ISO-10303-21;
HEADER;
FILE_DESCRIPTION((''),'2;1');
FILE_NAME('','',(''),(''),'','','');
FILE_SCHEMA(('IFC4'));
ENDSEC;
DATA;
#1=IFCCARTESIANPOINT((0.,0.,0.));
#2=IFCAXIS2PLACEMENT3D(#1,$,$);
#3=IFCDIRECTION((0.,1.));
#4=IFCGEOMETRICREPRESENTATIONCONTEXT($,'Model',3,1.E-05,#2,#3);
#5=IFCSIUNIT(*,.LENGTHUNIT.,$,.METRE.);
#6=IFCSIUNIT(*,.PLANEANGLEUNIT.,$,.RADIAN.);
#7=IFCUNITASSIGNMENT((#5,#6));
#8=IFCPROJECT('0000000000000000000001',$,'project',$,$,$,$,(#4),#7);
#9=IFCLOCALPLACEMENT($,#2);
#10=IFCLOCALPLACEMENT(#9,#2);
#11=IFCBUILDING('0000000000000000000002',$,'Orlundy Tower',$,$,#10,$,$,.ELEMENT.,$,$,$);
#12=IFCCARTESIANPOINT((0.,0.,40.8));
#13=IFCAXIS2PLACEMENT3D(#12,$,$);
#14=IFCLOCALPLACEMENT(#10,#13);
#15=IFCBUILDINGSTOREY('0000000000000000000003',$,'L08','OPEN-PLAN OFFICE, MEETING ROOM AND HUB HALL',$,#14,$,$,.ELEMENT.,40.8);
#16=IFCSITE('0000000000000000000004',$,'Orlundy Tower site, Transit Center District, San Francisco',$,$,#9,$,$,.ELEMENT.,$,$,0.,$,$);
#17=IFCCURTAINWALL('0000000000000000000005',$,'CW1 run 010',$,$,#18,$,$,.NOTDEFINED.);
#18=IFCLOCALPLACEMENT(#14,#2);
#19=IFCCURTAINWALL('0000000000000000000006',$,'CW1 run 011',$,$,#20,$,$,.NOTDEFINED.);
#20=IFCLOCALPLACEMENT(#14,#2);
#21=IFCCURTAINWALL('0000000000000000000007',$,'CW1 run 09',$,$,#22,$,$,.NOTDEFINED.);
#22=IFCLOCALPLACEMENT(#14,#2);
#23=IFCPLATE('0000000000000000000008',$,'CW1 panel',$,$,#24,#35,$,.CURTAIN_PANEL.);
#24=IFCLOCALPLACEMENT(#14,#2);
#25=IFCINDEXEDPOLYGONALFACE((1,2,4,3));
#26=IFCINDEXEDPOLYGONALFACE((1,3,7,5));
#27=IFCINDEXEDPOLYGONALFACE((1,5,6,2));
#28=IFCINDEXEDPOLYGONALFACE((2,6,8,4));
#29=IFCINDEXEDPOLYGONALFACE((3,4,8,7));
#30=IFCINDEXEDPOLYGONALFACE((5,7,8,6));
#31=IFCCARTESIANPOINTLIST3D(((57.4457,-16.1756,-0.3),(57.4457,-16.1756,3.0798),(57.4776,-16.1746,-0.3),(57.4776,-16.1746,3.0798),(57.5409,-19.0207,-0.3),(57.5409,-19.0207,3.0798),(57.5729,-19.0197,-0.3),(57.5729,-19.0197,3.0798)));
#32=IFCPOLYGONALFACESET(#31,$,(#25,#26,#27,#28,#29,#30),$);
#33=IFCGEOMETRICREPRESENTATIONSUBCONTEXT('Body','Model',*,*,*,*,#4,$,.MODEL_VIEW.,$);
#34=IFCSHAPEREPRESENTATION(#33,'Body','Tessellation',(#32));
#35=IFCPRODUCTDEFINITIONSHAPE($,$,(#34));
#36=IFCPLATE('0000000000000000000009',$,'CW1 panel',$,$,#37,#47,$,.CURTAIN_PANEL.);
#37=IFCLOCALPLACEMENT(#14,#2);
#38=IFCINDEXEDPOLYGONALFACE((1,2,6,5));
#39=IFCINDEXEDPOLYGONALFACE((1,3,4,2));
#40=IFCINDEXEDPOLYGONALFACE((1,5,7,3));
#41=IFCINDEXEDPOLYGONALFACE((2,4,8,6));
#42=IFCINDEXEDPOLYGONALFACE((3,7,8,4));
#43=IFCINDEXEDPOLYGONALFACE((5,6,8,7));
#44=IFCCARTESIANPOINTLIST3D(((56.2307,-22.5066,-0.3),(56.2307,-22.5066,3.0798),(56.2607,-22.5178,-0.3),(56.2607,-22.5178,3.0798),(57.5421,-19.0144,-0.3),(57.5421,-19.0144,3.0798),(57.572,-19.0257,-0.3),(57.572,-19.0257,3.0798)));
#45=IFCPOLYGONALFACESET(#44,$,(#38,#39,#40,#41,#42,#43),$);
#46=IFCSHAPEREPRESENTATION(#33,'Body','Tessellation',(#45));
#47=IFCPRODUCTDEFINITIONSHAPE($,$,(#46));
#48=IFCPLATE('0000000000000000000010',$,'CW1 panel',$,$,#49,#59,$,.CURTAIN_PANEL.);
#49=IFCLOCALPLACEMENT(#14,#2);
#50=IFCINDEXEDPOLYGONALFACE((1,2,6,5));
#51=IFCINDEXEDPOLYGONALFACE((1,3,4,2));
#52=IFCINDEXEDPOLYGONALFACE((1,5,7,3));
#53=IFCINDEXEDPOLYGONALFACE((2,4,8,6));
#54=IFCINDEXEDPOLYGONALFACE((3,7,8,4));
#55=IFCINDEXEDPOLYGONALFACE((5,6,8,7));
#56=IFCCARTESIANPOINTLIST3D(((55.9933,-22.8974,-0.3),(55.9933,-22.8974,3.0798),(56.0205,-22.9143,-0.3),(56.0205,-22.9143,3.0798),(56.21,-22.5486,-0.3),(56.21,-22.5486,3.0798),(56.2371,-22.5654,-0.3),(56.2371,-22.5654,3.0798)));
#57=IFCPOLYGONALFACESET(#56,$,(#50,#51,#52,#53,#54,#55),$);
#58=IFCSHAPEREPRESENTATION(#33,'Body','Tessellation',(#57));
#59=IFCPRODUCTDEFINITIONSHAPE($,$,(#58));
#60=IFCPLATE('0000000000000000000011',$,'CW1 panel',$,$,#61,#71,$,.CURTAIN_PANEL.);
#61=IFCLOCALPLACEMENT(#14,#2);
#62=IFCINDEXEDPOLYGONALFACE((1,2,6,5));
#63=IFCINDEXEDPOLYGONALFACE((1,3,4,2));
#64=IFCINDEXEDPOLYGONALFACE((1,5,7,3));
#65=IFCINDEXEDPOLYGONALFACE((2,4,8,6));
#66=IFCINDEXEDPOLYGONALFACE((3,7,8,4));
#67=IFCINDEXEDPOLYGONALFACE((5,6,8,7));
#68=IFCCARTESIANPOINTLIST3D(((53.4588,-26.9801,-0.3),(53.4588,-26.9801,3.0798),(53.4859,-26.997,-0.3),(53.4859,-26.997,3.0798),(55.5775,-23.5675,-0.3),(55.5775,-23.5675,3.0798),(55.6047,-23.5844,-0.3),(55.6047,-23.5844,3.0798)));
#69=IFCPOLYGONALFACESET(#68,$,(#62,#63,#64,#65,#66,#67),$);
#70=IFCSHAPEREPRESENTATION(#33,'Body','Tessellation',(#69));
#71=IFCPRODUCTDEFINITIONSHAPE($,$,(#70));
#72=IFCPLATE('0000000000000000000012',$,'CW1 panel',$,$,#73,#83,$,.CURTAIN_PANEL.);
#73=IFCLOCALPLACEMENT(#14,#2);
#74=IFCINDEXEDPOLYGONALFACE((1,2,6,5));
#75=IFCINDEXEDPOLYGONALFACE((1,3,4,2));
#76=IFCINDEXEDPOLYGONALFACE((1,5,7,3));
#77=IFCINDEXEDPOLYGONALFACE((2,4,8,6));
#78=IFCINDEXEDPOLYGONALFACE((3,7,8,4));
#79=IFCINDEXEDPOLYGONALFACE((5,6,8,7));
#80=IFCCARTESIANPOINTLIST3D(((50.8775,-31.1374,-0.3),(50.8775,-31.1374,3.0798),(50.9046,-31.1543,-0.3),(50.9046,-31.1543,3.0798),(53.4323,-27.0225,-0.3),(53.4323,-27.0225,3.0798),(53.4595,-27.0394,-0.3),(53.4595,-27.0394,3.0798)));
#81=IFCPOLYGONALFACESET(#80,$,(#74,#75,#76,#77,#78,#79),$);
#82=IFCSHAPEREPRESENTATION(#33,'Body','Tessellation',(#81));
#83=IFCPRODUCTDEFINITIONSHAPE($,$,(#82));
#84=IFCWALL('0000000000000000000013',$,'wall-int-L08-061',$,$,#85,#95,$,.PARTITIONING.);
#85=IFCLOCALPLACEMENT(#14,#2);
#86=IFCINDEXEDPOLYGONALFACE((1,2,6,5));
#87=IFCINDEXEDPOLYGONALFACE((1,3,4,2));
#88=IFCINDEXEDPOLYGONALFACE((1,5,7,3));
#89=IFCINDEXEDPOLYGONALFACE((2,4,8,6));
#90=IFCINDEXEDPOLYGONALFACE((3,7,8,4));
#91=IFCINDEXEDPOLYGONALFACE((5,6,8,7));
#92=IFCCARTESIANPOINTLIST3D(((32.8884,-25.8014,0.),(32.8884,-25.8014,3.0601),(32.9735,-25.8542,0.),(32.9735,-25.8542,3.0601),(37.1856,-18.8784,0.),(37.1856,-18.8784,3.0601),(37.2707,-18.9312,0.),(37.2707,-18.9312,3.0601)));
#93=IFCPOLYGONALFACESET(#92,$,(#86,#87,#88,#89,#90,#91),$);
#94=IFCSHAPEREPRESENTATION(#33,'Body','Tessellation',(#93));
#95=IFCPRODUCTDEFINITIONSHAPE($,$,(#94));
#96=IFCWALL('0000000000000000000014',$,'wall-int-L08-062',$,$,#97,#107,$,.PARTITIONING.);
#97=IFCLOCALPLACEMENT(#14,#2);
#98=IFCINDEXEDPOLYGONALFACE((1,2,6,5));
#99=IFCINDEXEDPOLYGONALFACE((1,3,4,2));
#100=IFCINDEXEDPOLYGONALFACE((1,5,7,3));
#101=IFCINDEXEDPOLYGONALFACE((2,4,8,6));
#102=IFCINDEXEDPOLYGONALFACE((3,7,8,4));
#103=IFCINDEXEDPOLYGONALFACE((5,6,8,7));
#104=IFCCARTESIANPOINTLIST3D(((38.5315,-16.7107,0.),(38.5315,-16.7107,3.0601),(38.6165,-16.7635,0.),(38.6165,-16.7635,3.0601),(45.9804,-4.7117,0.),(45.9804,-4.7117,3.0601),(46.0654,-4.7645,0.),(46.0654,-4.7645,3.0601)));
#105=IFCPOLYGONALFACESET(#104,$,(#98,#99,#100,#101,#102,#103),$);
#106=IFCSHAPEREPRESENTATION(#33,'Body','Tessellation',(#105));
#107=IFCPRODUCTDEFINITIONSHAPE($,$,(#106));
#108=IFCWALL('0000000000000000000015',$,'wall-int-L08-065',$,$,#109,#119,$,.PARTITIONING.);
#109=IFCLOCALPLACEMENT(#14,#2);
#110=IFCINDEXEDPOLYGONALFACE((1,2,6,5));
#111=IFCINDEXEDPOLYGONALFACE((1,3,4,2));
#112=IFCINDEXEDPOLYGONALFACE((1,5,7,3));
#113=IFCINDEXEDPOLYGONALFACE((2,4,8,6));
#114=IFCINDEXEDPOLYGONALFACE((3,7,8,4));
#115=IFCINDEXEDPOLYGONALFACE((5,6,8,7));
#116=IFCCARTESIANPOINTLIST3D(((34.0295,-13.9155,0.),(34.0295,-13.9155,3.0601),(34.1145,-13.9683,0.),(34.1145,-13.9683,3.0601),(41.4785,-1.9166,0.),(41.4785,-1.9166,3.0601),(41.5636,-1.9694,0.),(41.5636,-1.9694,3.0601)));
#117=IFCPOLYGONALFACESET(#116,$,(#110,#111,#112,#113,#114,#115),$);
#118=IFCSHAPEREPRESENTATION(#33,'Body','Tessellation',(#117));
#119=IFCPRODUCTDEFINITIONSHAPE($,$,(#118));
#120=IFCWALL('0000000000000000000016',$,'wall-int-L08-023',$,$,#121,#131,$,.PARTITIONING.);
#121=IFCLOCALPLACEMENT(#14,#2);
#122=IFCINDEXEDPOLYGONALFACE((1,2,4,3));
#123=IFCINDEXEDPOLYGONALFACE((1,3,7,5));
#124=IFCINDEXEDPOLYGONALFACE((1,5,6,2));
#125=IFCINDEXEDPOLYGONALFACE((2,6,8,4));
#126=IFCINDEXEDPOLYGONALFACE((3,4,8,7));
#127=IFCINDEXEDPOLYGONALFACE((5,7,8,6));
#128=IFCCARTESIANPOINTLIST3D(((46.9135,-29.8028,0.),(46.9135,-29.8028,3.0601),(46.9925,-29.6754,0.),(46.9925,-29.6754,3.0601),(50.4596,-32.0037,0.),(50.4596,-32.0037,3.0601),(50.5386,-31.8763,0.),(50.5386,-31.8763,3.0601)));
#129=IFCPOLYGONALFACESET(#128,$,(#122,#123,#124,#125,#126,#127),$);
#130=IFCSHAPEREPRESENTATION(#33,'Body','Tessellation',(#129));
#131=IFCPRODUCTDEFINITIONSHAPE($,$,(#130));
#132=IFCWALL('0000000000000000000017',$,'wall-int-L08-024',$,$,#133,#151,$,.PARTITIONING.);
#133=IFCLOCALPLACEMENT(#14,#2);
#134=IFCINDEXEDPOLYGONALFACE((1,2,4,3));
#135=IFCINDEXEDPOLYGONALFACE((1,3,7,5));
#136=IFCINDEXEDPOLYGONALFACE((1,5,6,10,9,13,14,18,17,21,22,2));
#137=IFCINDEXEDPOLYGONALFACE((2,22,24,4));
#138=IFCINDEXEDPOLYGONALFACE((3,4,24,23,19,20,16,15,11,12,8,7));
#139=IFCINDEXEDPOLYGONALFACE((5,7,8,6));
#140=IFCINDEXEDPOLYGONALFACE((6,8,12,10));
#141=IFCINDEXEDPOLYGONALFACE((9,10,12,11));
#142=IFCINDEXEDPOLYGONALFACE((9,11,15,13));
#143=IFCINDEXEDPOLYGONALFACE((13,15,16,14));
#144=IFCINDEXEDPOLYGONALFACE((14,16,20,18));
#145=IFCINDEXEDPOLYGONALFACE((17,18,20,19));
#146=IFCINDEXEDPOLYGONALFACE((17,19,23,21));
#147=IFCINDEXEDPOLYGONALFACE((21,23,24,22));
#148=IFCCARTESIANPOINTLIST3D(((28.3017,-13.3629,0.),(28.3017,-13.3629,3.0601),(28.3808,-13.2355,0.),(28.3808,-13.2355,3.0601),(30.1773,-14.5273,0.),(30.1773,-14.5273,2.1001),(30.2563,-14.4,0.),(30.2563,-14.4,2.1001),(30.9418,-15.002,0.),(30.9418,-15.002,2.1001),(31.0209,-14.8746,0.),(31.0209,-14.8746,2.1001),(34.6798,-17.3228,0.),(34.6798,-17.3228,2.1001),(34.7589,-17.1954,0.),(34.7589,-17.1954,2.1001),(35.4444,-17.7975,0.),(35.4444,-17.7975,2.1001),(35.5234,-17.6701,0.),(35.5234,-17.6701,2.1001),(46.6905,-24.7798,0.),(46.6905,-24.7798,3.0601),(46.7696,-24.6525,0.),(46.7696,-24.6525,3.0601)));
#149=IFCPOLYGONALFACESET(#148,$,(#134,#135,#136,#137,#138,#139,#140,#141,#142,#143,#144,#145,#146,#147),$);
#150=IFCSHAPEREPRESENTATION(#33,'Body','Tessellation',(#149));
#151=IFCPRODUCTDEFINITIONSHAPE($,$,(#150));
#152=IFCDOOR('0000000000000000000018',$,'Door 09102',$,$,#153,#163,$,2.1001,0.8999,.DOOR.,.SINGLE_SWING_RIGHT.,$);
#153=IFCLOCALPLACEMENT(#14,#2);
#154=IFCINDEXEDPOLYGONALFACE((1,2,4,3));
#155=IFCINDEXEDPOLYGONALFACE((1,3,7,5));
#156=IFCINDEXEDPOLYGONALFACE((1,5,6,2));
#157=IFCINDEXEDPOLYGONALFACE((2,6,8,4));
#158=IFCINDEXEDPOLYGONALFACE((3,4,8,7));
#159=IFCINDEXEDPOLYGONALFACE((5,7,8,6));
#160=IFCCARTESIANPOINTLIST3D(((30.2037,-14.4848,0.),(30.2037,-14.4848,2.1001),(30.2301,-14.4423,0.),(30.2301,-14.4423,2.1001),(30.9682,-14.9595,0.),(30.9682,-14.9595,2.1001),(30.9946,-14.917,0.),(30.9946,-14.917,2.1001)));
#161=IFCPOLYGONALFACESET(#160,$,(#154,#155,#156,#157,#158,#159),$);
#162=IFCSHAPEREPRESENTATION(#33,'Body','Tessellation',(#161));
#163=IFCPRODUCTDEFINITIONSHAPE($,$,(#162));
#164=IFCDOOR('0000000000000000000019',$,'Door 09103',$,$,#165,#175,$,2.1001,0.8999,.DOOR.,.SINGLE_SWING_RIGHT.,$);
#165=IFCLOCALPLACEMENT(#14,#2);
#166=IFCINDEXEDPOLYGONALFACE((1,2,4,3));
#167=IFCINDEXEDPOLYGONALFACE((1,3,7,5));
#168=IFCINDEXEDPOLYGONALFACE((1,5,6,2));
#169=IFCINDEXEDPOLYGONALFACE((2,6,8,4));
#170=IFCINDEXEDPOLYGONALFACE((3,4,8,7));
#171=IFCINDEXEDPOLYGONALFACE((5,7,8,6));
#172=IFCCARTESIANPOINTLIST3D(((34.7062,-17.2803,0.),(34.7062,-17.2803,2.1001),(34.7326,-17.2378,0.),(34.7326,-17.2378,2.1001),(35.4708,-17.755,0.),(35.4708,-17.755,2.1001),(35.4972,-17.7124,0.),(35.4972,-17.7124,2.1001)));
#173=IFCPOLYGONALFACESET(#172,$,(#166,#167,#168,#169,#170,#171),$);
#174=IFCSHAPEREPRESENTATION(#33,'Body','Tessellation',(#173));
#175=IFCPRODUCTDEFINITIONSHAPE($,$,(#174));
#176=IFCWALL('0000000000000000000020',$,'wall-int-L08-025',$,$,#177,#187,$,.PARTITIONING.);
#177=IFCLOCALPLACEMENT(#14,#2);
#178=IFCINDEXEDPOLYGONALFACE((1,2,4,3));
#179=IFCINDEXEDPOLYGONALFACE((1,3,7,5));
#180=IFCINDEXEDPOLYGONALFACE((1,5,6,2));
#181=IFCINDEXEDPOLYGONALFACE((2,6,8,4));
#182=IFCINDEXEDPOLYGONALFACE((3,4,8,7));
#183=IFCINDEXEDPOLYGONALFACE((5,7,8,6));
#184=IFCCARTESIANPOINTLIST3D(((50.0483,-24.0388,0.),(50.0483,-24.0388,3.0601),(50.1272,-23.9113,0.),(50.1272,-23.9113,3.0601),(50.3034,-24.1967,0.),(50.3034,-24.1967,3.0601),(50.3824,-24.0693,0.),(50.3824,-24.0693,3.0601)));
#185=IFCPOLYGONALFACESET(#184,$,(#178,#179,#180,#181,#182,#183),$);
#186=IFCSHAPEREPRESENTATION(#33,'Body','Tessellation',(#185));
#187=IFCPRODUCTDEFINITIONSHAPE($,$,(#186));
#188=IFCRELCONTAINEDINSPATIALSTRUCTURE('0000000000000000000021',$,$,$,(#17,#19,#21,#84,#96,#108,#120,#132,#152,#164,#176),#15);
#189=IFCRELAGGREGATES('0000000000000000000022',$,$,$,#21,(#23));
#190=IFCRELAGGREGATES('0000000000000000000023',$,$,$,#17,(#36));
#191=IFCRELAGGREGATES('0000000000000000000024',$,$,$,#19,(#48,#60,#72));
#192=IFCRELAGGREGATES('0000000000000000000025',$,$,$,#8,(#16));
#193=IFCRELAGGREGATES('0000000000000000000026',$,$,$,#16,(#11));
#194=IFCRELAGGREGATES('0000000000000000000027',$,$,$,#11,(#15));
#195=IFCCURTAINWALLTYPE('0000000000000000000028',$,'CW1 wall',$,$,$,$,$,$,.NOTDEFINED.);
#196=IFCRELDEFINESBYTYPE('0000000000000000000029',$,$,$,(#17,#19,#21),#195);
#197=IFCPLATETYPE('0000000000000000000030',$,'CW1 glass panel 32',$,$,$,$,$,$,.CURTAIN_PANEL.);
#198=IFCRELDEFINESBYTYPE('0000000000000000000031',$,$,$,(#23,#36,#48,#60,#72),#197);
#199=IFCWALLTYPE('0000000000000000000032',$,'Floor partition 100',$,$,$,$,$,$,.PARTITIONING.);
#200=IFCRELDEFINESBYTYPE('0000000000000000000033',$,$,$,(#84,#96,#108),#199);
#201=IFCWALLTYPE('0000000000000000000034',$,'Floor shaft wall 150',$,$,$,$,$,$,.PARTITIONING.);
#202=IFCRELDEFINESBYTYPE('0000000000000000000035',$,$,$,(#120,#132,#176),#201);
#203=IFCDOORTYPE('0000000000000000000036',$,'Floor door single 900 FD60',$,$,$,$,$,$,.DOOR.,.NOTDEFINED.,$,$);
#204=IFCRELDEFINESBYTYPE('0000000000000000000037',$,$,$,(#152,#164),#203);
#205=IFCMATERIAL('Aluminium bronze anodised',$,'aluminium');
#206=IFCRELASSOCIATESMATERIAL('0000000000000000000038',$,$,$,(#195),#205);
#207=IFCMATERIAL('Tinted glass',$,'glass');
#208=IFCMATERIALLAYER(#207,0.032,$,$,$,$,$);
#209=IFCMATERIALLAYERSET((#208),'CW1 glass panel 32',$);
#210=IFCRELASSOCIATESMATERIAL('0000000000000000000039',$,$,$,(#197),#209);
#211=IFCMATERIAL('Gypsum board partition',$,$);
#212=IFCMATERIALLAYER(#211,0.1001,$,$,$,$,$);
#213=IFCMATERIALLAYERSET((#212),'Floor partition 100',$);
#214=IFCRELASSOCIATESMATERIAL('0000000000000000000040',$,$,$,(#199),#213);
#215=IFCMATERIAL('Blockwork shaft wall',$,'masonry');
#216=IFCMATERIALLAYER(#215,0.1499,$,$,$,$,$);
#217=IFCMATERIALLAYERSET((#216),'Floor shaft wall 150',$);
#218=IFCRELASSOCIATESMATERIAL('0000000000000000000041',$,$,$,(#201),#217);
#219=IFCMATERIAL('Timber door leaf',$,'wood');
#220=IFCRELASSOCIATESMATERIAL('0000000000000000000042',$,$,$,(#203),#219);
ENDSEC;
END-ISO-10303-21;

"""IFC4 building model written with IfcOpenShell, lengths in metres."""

from ifc_helpers import new_model, si_unit, direction, frame, frame_2d, origin, origin_2d, place, context, subcontext, project, spatial, rectangle, extrude, material, layer, layer_set, type_object, element, fill, aggregate, save


model = new_model("IFC4")

# Units and contexts
model_context = context("Model", 3, precision=1e-05, world=origin(), true_north=direction((0.0, 1.0)))
body_context = subcontext(model_context, "Body", "Model", "MODEL_VIEW")
ifc_project = project(units=[si_unit("LENGTHUNIT", "METRE"), si_unit("PLANEANGLEUNIT", "RADIAN")], contexts=[model_context])

# Site, building, storey
site_placement = place(None, origin())
site = spatial("IfcSite", under=ifc_project, at=site_placement, Name="Orlundy Tower site, Transit Center District, San Francisco", CompositionType="ELEMENT", RefElevation=0.0)
building_placement = place(site_placement, origin())
building = spatial("IfcBuilding", under=site, at=building_placement, Name="Orlundy Tower", CompositionType="ELEMENT")
storey_placement = place(building_placement, frame((0.0, 0.0, 40.8)))
storey = spatial("IfcBuildingStorey", under=building, at=storey_placement, Name="L08", Description="OPEN-PLAN OFFICE, MEETING ROOM AND HUB HALL", CompositionType="ELEMENT", Elevation=40.8)

# Curtain wall
ifc_material_1 = material(Name="Aluminium bronze anodised", Category="aluminium")
curtain_wall_type = type_object("IfcCurtainWallType", Name="CW1 wall", PredefinedType="NOTDEFINED", material=ifc_material_1)
curtain_wall_1_placement = place(storey_placement, origin())
curtain_wall_1 = element("IfcCurtainWall", 1, at=curtain_wall_1_placement, inside=storey, type_object=curtain_wall_type, Name="CW1 run 010", PredefinedType="NOTDEFINED")

# Curtain wall
curtain_wall_2_placement = place(storey_placement, origin())
curtain_wall_2 = element("IfcCurtainWall", 2, at=curtain_wall_2_placement, inside=storey, type_object=curtain_wall_type, Name="CW1 run 011", PredefinedType="NOTDEFINED")

# Curtain wall
curtain_wall_3_placement = place(storey_placement, origin())
curtain_wall_3 = element("IfcCurtainWall", 3, at=curtain_wall_3_placement, inside=storey, type_object=curtain_wall_type, Name="CW1 run 09", PredefinedType="NOTDEFINED")

# Plates
ifc_material_2 = material(Name="Tinted glass", Category="glass")
ifc_layer_1 = layer(ifc_material_2, 0.032)
ifc_layer_set_1 = layer_set([ifc_layer_1], Name="CW1 glass panel 32")
plate_type = type_object("IfcPlateType", Name="CW1 glass panel 32", PredefinedType="CURTAIN_PANEL", material=ifc_layer_set_1)
plate_1_placement = place(storey_placement, frame((57.5093, -17.5977, -0.3), z_axis=(0.0, 0.0, 1.0), x_axis=(0.03345, -0.99944, 0.0)))
plate_1 = element("IfcPlate", 4, at=plate_1_placement, type_object=plate_type, Name="CW1 panel", PredefinedType="CURTAIN_PANEL", context=body_context, shape_type="SweptSolid", body=[
    extrude(rectangle(XDim=2.8467, YDim=0.032, at=origin_2d()), origin(), (0.0, 0.0, 1.0), 3.3799),
])
aggregate(curtain_wall_3, [plate_1])
plate_2_placement = place(storey_placement, frame((56.9014, -20.7661, -0.3), z_axis=(0.0, 0.0, 1.0), x_axis=(-0.351537, -0.936174, 0.0)))
plate_2 = element("IfcPlate", 5, at=plate_2_placement, type_object=plate_type, Name="CW1 panel", PredefinedType="CURTAIN_PANEL", context=body_context, shape_type="SweptSolid", body=[
    extrude(rectangle(XDim=3.7302, YDim=0.032, at=origin_2d()), origin(), (0.0, 0.0, 1.0), 3.3799),
])
aggregate(curtain_wall_1, [plate_2])
plate_3_placement = place(storey_placement, frame((56.1152, -22.7314, -0.3), z_axis=(0.0, 0.0, 1.0), x_axis=(-0.527475, -0.84957, 0.0)))
plate_3 = element("IfcPlate", 6, at=plate_3_placement, type_object=plate_type, Name="CW1 panel", PredefinedType="CURTAIN_PANEL", context=body_context, shape_type="SweptSolid", body=[
    extrude(rectangle(XDim=0.4106, YDim=0.032, at=origin_2d()), origin(), (0.0, 0.0, 1.0), 3.3799),
])
plate_4_placement = place(storey_placement, frame((54.5317, -25.2822, -0.3), z_axis=(0.0, 0.0, 1.0), x_axis=(-0.527475, -0.84957, 0.0)))
plate_4 = element("IfcPlate", 7, at=plate_4_placement, type_object=plate_type, Name="CW1 panel", PredefinedType="CURTAIN_PANEL", context=body_context, shape_type="SweptSolid", body=[
    extrude(rectangle(XDim=4.0168, YDim=0.032, at=origin_2d()), origin(), (0.0, 0.0, 1.0), 3.3799),
])
plate_5_placement = place(storey_placement, frame((52.1685, -29.0884, -0.3), z_axis=(0.0, 0.0, 1.0), x_axis=(-0.527475, -0.84957, 0.0)))
plate_5 = element("IfcPlate", 8, at=plate_5_placement, type_object=plate_type, Name="CW1 panel", PredefinedType="CURTAIN_PANEL", context=body_context, shape_type="SweptSolid", body=[
    extrude(rectangle(XDim=4.8435, YDim=0.032, at=origin_2d()), origin(), (0.0, 0.0, 1.0), 3.3799),
])
aggregate(curtain_wall_2, [plate_3, plate_4, plate_5])

# Walls
ifc_material_3 = material(Name="Gypsum board partition")
ifc_layer_2 = layer(ifc_material_3, 0.1001)
ifc_layer_set_2 = layer_set([ifc_layer_2], Name="Floor partition 100")
wall_type_1 = type_object("IfcWallType", Name="Floor partition 100", PredefinedType="PARTITIONING", material=ifc_layer_set_2)
wall_1_placement = place(storey_placement, frame((32.9309, -25.8279, 0.0), z_axis=(0.0, 0.0, 1.0), x_axis=(0.527379, 0.84963, 0.0)))
element("IfcWall", 9, at=wall_1_placement, inside=storey, type_object=wall_type_1, Name="wall-int-L08-061", PredefinedType="PARTITIONING", context=body_context, shape_type="SweptSolid", body=[
    extrude(rectangle(XDim=8.1482, YDim=0.1001, at=frame_2d((4.0742, 0.0))), origin(), (0.0, 0.0, 1.0), 3.0601),
])
for number, where, z_axis, x_axis, name in (
    (10, (38.574, -16.7371, 0.0), (0.0, 0.0, 1.0), (0.52743, 0.849599, 0.0), "wall-int-L08-062"),
    (11, (34.072, -13.9419, 0.0), (0.0, 0.0, 1.0), (0.527437, 0.849594, 0.0), "wall-int-L08-065"),
):
    element("IfcWall", number, at=place(storey_placement, frame(where, z_axis=z_axis, x_axis=x_axis)), inside=storey, type_object=wall_type_1, Name=name, PredefinedType="PARTITIONING", context=body_context, shape_type="SweptSolid", body=[
        extrude(rectangle(XDim=14.123, YDim=0.1001, at=frame_2d((7.0615, 0.0))), origin(), (0.0, 0.0, 1.0), 3.0601),
    ])
ifc_material_4 = material(Name="Blockwork shaft wall", Category="masonry")
ifc_layer_3 = layer(ifc_material_4, 0.1499)
ifc_layer_set_3 = layer_set([ifc_layer_3], Name="Floor shaft wall 150")
wall_type_2 = type_object("IfcWallType", Name="Floor shaft wall 150", PredefinedType="PARTITIONING", material=ifc_layer_set_3)
wall_2_placement = place(storey_placement, frame((46.9529, -29.739, 0.0), z_axis=(0.0, 0.0, 1.0), x_axis=(0.849654, -0.527341, 0.0)))
element("IfcWall", 12, at=wall_2_placement, inside=storey, type_object=wall_type_2, Name="wall-int-L08-023", PredefinedType="PARTITIONING", context=body_context, shape_type="SweptSolid", body=[
    extrude(rectangle(XDim=4.1736, YDim=0.1499, at=frame_2d((2.0869, 0.0))), origin(), (0.0, 0.0, 1.0), 3.0601),
])

# Wall, openings, doors
wall_3_placement = place(storey_placement, frame((46.73, -24.7161, 0.0), z_axis=(0.0, 0.0, 1.0), x_axis=(-0.849574, 0.527469, 0.0)))
wall_3 = element("IfcWall", 13, at=wall_3_placement, inside=storey, type_object=wall_type_2, Name="wall-int-L08-024", PredefinedType="PARTITIONING", context=body_context, shape_type="SweptSolid", body=[
    extrude(rectangle(XDim=21.6448, YDim=0.1499, at=frame_2d((10.8223, 0.0))), origin(), (0.0, 0.0, 1.0), 3.0601),
])
opening_1_placement = place(wall_3_placement, frame((18.5371, 0.0, 0.0)))
opening_1 = element("IfcOpeningElement", 14, at=opening_1_placement, cuts=wall_3, PredefinedType="OPENING", context=body_context, shape_type="SweptSolid", body=[
    extrude(rectangle(XDim=0.8999, YDim=2.1001, at=frame_2d((0.45, 1.05))), frame((0.0, 0.085, 0.0), z_axis=(0.0, -1.0, 0.0), x_axis=(1.0, 0.0, 0.0)), (0.0, 0.0, 1.0), 0.1699),
])
opening_2_placement = place(wall_3_placement, frame((13.2373, 0.0, 0.0)))
opening_2 = element("IfcOpeningElement", 15, at=opening_2_placement, cuts=wall_3, PredefinedType="OPENING", context=body_context, shape_type="SweptSolid", body=[
    extrude(rectangle(XDim=0.8999, YDim=2.1001, at=frame_2d((0.45, 1.05))), frame((0.0, 0.085, 0.0), z_axis=(0.0, -1.0, 0.0), x_axis=(1.0, 0.0, 0.0)), (0.0, 0.0, 1.0), 0.1699),
])
ifc_material_5 = material(Name="Timber door leaf", Category="wood")
door_type = type_object("IfcDoorType", Name="Floor door single 900 FD60", OperationType="NOTDEFINED", PredefinedType="DOOR", material=ifc_material_5)
door_1_placement = place(opening_1_placement, origin())
door_1 = element("IfcDoor", 16, at=door_1_placement, inside=storey, type_object=door_type, Name="Door 09102", OperationType="SINGLE_SWING_RIGHT", OverallHeight=2.1001, OverallWidth=0.8999, PredefinedType="DOOR", context=body_context, shape_type="SweptSolid", body=[
    extrude(rectangle(XDim=0.8999, YDim=2.1001, at=frame_2d((0.45, 1.05))), frame((0.0, 0.0249, 0.0), z_axis=(0.0, -1.0, 0.0), x_axis=(1.0, 0.0, 0.0)), (0.0, 0.0, 1.0), 0.05),
])
fill(opening_1, door_1)
door_2_placement = place(opening_2_placement, origin())
door_2 = element("IfcDoor", 17, at=door_2_placement, inside=storey, type_object=door_type, Name="Door 09103", OperationType="SINGLE_SWING_RIGHT", OverallHeight=2.1001, OverallWidth=0.8999, PredefinedType="DOOR", context=body_context, shape_type="SweptSolid", body=[
    extrude(rectangle(XDim=0.8999, YDim=2.1001, at=frame_2d((0.45, 1.05))), frame((0.0, 0.0249, 0.0), z_axis=(0.0, -1.0, 0.0), x_axis=(1.0, 0.0, 0.0)), (0.0, 0.0, 1.0), 0.05),
])
fill(opening_2, door_2)

# Wall
wall_4_placement = place(storey_placement, frame((50.0879, -23.9751, 0.0), z_axis=(0.0, 0.0, 1.0), x_axis=(0.85023, -0.526411, 0.0)))
element("IfcWall", 18, at=wall_4_placement, inside=storey, type_object=wall_type_2, Name="wall-int-L08-025", PredefinedType="PARTITIONING", context=body_context, shape_type="SweptSolid", body=[
    extrude(rectangle(XDim=0.3, YDim=0.1499, at=frame_2d((0.1499, 0.0))), origin(), (0.0, 0.0, 1.0), 3.0601),
])

save(model, "model.ifc")
